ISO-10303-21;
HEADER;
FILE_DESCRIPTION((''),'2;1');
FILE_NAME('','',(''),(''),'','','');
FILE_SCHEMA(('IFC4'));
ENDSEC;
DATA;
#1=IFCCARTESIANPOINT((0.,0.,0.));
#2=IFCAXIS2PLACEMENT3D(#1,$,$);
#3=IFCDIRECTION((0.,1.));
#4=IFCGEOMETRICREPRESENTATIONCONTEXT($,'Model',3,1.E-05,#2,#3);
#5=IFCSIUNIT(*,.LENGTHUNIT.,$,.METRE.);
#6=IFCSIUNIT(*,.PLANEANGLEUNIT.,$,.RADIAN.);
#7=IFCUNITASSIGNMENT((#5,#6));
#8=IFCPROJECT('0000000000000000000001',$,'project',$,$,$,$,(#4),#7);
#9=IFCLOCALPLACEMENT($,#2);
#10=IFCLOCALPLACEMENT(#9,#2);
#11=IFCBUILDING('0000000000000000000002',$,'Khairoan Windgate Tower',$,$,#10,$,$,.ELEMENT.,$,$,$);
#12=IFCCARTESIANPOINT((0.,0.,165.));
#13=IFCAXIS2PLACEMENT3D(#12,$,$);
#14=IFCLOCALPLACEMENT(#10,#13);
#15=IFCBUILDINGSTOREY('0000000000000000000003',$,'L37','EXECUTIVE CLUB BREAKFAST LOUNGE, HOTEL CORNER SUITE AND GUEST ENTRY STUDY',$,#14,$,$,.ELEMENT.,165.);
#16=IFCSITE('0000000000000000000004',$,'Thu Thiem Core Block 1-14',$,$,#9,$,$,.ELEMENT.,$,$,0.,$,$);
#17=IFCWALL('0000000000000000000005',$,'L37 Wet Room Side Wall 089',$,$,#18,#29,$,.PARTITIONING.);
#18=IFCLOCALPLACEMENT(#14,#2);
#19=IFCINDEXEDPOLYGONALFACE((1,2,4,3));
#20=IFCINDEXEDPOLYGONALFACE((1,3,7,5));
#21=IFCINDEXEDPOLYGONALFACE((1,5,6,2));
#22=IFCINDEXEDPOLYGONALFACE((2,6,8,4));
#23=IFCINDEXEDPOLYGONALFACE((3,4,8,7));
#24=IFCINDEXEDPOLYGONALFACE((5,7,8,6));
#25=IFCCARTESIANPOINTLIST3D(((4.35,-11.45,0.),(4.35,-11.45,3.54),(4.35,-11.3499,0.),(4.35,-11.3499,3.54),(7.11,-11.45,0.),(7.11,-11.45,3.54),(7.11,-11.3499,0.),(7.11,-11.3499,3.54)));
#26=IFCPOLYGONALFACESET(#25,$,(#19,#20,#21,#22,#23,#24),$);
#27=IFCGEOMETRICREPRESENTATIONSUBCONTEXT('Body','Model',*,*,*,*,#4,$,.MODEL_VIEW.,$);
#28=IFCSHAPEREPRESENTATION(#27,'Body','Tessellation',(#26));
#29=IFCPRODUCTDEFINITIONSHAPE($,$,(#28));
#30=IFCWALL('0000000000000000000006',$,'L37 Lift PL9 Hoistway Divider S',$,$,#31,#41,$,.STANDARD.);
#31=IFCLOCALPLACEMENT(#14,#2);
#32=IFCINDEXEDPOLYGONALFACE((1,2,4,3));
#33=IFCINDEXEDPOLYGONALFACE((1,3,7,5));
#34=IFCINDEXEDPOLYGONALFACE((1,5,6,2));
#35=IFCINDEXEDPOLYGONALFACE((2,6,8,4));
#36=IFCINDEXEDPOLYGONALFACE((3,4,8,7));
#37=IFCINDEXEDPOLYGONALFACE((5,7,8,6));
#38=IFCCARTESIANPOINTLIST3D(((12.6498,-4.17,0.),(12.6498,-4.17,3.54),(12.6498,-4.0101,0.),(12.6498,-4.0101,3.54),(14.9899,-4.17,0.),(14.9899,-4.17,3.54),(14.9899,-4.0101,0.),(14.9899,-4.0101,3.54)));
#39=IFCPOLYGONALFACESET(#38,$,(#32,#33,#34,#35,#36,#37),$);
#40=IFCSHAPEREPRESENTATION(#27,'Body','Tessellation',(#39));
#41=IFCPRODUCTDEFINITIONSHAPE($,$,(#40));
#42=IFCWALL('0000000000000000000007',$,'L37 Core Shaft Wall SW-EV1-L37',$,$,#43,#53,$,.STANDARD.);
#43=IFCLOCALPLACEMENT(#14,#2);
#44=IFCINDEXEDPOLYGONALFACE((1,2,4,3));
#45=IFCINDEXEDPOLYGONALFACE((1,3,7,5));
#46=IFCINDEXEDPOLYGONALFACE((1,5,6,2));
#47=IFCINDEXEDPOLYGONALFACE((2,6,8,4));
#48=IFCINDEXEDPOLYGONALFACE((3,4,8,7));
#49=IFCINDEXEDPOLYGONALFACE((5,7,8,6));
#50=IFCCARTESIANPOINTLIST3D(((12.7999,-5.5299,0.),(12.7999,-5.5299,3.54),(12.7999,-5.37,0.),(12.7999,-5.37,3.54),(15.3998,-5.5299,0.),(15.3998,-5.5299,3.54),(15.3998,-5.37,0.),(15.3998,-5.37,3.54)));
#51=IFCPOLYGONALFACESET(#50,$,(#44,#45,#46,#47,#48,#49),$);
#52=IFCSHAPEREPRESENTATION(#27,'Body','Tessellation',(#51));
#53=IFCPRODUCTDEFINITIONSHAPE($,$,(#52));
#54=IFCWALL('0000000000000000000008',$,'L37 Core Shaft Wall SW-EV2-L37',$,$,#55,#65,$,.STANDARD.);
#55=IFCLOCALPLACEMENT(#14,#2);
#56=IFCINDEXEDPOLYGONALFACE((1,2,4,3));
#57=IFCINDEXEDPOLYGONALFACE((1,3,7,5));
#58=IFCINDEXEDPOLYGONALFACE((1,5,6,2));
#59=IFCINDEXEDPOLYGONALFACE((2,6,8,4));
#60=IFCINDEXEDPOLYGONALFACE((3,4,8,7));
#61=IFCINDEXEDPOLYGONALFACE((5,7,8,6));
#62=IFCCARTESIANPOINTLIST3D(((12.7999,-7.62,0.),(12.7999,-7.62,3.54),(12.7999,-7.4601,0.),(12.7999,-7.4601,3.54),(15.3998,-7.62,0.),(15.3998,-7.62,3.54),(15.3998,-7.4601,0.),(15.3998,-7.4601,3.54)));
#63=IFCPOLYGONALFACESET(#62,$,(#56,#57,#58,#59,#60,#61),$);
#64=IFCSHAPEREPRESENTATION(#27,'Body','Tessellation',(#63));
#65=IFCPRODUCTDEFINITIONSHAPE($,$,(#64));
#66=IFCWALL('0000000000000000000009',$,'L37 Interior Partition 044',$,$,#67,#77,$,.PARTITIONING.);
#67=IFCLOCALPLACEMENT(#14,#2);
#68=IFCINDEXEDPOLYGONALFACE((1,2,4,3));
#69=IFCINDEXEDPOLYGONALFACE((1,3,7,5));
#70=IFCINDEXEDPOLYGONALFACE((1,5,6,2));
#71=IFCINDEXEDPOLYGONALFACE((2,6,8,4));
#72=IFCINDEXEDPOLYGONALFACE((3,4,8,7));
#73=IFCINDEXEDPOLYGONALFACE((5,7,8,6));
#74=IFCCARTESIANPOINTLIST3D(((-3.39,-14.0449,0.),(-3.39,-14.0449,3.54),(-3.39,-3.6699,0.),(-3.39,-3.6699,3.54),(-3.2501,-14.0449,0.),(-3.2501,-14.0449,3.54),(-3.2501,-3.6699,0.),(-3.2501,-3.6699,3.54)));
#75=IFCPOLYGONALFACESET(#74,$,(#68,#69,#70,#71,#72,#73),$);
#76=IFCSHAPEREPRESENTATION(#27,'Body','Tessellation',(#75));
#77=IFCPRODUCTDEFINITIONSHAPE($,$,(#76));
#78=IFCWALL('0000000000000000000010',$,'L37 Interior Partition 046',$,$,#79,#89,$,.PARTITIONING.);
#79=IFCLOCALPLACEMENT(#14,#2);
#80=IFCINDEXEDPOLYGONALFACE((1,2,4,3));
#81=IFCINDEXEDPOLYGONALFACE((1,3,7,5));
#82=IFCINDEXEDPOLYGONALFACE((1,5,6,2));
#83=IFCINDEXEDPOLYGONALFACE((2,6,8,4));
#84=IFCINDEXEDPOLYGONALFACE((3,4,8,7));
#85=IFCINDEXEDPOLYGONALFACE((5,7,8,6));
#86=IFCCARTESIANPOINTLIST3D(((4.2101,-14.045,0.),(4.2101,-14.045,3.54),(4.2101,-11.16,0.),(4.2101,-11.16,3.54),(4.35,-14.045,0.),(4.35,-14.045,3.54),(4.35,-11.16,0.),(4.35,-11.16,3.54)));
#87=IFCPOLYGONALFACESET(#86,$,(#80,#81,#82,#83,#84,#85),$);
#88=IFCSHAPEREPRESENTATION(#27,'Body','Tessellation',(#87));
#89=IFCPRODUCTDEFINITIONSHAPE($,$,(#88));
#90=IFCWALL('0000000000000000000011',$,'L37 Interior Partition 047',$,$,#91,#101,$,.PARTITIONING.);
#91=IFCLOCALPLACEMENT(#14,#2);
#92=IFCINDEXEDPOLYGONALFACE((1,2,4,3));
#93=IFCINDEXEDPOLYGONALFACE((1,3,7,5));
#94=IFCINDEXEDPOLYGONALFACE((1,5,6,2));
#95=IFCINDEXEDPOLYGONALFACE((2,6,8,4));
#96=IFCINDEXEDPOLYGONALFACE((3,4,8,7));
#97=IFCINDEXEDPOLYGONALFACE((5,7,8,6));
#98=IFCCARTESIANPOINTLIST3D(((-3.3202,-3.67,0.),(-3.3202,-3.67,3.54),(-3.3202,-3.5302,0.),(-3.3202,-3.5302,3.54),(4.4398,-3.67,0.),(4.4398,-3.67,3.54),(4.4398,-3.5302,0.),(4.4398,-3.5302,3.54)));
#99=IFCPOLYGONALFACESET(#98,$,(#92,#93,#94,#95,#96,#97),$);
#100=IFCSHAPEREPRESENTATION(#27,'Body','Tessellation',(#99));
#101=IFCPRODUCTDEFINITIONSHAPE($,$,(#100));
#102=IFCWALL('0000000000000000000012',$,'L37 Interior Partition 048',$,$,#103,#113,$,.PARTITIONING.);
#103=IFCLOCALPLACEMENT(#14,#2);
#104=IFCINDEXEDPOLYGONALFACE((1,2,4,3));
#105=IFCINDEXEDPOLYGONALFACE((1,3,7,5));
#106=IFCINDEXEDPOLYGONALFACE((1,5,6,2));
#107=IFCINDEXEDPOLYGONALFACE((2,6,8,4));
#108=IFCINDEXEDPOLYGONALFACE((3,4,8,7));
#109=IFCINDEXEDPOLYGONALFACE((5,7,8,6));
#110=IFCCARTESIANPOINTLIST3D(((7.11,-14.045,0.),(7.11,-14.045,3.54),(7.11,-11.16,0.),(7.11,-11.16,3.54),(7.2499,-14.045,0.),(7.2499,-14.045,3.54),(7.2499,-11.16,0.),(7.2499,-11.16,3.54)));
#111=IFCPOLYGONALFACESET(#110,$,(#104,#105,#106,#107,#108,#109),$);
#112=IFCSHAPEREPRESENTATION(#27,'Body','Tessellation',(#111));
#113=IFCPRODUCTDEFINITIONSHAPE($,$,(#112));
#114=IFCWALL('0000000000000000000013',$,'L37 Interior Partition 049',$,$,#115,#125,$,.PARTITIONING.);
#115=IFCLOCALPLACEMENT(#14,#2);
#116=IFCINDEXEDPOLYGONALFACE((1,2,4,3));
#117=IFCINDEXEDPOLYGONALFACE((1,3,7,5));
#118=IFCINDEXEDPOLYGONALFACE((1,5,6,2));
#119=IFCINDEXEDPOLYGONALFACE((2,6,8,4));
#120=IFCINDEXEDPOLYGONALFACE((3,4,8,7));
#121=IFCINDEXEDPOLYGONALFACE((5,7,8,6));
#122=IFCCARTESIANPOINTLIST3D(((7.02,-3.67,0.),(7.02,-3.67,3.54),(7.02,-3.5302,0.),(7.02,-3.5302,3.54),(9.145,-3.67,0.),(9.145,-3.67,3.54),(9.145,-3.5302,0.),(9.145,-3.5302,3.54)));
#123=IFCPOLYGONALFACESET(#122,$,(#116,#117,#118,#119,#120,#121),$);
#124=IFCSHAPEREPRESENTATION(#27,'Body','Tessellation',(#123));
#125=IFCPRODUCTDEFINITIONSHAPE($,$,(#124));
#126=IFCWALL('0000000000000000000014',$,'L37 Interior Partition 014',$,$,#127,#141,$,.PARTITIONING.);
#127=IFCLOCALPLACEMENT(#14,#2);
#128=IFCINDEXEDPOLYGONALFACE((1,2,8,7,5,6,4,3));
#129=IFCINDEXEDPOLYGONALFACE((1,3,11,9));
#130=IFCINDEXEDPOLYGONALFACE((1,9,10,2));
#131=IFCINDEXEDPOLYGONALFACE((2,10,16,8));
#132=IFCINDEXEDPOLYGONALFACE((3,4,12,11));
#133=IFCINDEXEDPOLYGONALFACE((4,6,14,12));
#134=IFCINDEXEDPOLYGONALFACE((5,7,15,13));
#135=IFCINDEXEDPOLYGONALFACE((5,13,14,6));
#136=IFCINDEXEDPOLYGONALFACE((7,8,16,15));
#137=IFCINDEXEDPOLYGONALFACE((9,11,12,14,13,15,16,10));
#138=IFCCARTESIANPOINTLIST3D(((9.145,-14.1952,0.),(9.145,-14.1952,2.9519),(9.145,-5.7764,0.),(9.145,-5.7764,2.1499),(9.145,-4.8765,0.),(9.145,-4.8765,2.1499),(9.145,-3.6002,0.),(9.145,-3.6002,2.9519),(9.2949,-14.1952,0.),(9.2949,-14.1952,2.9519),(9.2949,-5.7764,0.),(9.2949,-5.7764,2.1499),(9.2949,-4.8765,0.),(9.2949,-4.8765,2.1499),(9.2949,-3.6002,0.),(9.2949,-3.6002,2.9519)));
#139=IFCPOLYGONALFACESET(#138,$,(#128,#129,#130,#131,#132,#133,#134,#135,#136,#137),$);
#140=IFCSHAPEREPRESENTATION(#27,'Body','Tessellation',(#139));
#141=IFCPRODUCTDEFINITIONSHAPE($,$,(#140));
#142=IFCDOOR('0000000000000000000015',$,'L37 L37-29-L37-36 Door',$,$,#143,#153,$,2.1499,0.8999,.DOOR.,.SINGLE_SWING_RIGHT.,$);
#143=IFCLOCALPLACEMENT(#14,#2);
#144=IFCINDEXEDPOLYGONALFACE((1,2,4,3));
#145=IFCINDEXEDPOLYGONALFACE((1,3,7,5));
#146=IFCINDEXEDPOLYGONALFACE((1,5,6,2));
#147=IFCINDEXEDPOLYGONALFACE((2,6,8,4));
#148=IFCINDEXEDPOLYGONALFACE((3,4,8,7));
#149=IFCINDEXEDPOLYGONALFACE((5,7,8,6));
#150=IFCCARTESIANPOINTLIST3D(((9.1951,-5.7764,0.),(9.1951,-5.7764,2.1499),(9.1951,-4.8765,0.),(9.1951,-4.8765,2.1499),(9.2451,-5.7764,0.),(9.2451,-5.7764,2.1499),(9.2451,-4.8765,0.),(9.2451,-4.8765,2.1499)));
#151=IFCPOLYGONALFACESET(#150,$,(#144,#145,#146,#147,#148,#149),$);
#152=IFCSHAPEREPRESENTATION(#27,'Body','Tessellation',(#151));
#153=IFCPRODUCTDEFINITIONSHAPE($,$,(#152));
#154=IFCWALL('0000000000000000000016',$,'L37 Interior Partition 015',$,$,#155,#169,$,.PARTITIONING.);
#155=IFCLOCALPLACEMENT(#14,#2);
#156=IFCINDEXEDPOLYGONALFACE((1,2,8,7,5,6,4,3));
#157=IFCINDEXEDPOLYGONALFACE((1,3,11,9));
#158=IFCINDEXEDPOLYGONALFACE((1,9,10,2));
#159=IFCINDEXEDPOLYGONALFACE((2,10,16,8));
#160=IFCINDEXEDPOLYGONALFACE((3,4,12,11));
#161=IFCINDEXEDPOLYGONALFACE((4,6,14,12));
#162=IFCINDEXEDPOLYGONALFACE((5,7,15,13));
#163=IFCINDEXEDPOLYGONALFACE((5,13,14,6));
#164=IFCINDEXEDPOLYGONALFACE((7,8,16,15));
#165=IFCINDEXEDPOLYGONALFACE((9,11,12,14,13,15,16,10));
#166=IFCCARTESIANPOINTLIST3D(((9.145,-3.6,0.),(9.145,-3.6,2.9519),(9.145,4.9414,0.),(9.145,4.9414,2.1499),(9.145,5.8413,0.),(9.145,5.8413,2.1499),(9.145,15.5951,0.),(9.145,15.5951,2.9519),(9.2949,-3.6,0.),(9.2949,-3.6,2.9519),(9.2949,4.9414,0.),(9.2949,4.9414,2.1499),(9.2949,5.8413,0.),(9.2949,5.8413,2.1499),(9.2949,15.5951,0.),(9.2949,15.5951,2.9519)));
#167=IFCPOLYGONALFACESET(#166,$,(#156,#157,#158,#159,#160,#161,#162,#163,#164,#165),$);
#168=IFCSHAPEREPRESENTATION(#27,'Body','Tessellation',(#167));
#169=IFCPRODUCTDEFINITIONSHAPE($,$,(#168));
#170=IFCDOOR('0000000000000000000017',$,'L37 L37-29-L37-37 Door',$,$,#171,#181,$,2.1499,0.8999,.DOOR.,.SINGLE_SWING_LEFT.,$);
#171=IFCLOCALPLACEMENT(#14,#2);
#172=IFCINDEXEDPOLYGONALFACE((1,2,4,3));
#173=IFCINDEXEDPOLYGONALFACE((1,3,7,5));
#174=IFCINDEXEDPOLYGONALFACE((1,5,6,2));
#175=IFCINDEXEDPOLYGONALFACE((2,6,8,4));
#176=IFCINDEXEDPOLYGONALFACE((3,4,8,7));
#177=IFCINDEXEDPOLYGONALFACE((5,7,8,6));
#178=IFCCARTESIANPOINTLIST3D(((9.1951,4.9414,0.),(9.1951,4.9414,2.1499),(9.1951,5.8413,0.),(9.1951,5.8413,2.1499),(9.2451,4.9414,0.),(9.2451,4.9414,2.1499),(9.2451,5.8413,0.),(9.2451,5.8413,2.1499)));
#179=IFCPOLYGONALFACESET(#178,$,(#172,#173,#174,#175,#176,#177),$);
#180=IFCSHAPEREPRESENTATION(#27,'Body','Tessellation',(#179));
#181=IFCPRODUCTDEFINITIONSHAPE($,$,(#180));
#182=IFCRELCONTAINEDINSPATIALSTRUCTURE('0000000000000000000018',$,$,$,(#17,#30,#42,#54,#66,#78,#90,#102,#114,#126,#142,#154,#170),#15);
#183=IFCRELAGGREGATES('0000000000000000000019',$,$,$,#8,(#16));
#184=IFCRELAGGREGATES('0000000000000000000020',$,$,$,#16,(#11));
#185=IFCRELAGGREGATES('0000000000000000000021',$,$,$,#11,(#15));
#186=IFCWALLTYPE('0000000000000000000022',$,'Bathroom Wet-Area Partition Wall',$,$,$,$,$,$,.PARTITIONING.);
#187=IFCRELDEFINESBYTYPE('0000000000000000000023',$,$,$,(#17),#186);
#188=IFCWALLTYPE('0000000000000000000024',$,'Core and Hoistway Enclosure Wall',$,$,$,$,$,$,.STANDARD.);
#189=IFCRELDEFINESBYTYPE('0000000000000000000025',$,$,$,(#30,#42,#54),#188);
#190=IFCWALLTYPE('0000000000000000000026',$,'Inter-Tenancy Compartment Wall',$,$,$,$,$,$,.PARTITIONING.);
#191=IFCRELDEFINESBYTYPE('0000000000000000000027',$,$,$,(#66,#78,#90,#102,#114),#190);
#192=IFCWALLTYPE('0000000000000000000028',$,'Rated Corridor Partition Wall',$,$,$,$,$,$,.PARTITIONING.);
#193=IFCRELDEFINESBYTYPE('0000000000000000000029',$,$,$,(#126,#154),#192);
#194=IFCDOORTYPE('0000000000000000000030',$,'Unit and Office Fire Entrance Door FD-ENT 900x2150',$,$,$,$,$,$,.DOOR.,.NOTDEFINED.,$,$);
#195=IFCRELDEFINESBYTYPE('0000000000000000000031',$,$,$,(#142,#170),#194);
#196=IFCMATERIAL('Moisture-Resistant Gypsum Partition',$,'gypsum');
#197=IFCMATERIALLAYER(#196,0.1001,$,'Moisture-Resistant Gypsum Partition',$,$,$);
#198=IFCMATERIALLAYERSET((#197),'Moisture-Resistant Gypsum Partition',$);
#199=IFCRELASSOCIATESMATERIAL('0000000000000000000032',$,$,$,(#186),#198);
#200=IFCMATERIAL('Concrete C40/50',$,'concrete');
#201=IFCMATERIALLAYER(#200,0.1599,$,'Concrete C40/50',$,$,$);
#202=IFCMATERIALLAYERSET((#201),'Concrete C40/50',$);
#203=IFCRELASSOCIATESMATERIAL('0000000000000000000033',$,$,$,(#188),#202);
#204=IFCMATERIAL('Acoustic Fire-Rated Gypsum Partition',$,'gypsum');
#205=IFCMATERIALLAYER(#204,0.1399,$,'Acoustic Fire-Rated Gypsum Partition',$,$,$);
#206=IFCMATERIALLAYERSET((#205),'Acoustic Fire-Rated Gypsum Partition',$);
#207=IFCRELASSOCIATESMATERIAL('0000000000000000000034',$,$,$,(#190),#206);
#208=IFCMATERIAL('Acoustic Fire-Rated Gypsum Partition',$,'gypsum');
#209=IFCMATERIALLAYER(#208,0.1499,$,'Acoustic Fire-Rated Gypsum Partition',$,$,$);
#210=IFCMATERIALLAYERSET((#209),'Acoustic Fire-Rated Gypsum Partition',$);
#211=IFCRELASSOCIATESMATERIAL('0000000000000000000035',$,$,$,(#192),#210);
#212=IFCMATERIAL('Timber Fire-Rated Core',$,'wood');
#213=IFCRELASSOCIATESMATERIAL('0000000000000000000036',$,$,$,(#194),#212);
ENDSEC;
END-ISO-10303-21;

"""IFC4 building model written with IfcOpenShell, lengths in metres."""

from ifc_helpers import new_model, si_unit, direction, frame, frame_2d, origin, place, context, subcontext, project, spatial, rectangle, extrude, material, layer, layer_set, type_object, element, fill, save


model = new_model("IFC4")

# Units and contexts
model_context = context("Model", 3, precision=1e-05, world=origin(), true_north=direction((0.0, 1.0)))
body_context = subcontext(model_context, "Body", "Model", "MODEL_VIEW")
ifc_project = project(units=[si_unit("LENGTHUNIT", "METRE"), si_unit("PLANEANGLEUNIT", "RADIAN")], contexts=[model_context])

# Site, building, storey
site_placement = place(None, origin())
site = spatial("IfcSite", under=ifc_project, at=site_placement, Name="Thu Thiem Core Block 1-14", CompositionType="ELEMENT", RefElevation=0.0)
building_placement = place(site_placement, origin())
building = spatial("IfcBuilding", under=site, at=building_placement, Name="Khairoan Windgate Tower", CompositionType="ELEMENT")
storey_placement = place(building_placement, frame((0.0, 0.0, 165.0)))
storey = spatial("IfcBuildingStorey", under=building, at=storey_placement, Name="L37", Description="EXECUTIVE CLUB BREAKFAST LOUNGE, HOTEL CORNER SUITE AND GUEST ENTRY STUDY", CompositionType="ELEMENT", Elevation=165.0)

# Walls
ifc_material_1 = material(Name="Moisture-Resistant Gypsum Partition", Category="gypsum")
ifc_layer_1 = layer(ifc_material_1, 0.1001, Name="Moisture-Resistant Gypsum Partition")
ifc_layer_set_1 = layer_set([ifc_layer_1], Name="Moisture-Resistant Gypsum Partition")
wall_type_1 = type_object("IfcWallType", Name="Bathroom Wet-Area Partition Wall", PredefinedType="PARTITIONING", material=ifc_layer_set_1)
wall_1_placement = place(storey_placement, frame((4.3501, -11.3999, 0.0), z_axis=(0.0, 0.0, 1.0), x_axis=(1.0, 0.0, 0.0)))
element("IfcWall", 1, at=wall_1_placement, inside=storey, type_object=wall_type_1, Name="L37 Wet Room Side Wall 089", PredefinedType="PARTITIONING", context=body_context, shape_type="SweptSolid", body=[
    extrude(rectangle(XDim=2.76, YDim=0.1001, at=frame_2d((1.3799, 0.0))), origin(), (0.0, 0.0, 1.0), 3.54),
])
ifc_material_2 = material(Name="Concrete C40/50", Category="concrete")
ifc_layer_2 = layer(ifc_material_2, 0.1599, Name="Concrete C40/50")
ifc_layer_set_2 = layer_set([ifc_layer_2], Name="Concrete C40/50")
wall_type_2 = type_object("IfcWallType", Name="Core and Hoistway Enclosure Wall", PredefinedType="STANDARD", material=ifc_layer_set_2)
wall_2_placement = place(storey_placement, frame((12.6499, -4.0901, 0.0), z_axis=(0.0, 0.0, 1.0), x_axis=(1.0, 0.0, 0.0)))
element("IfcWall", 2, at=wall_2_placement, inside=storey, type_object=wall_type_2, Name="L37 Lift PL9 Hoistway Divider S", PredefinedType="STANDARD", context=body_context, shape_type="SweptSolid", body=[
    extrude(rectangle(XDim=2.3401, YDim=0.1599, at=frame_2d((1.1699, 0.0))), origin(), (0.0, 0.0, 1.0), 3.54),
])
for number, where, z_axis, x_axis, name in (
    (3, (12.8, -5.45, 0.0), (0.0, 0.0, 1.0), (1.0, 0.0, 0.0), "L37 Core Shaft Wall SW-EV1-L37"),
    (4, (12.8, -7.54, 0.0), (0.0, 0.0, 1.0), (1.0, 0.0, 0.0), "L37 Core Shaft Wall SW-EV2-L37"),
):
    element("IfcWall", number, at=place(storey_placement, frame(where, z_axis=z_axis, x_axis=x_axis)), inside=storey, type_object=wall_type_2, Name=name, PredefinedType="STANDARD", context=body_context, shape_type="SweptSolid", body=[
        extrude(rectangle(XDim=2.5999, YDim=0.1599, at=frame_2d((1.2998, 0.0))), origin(), (0.0, 0.0, 1.0), 3.54),
    ])
ifc_material_3 = material(Name="Acoustic Fire-Rated Gypsum Partition", Category="gypsum")
ifc_layer_3 = layer(ifc_material_3, 0.1399, Name="Acoustic Fire-Rated Gypsum Partition")
ifc_layer_set_3 = layer_set([ifc_layer_3], Name="Acoustic Fire-Rated Gypsum Partition")
wall_type_3 = type_object("IfcWallType", Name="Inter-Tenancy Compartment Wall", PredefinedType="PARTITIONING", material=ifc_layer_set_3)
wall_3_placement = place(storey_placement, frame((-3.3201, -14.0449, 0.0), z_axis=(0.0, 0.0, 1.0), x_axis=(0.0, 1.0, 0.0)))
element("IfcWall", 5, at=wall_3_placement, inside=storey, type_object=wall_type_3, Name="L37 Interior Partition 044", PredefinedType="PARTITIONING", context=body_context, shape_type="SweptSolid", body=[
    extrude(rectangle(XDim=10.375, YDim=0.1399, at=frame_2d((5.1875, 0.0))), origin(), (0.0, 0.0, 1.0), 3.54),
])
wall_4_placement = place(storey_placement, frame((4.28, -14.0449, 0.0), z_axis=(0.0, 0.0, 1.0), x_axis=(0.0, 1.0, 0.0)))
element("IfcWall", 6, at=wall_4_placement, inside=storey, type_object=wall_type_3, Name="L37 Interior Partition 046", PredefinedType="PARTITIONING", context=body_context, shape_type="SweptSolid", body=[
    extrude(rectangle(XDim=2.885, YDim=0.1399, at=frame_2d((1.4424, 0.0))), origin(), (0.0, 0.0, 1.0), 3.54),
])
wall_5_placement = place(storey_placement, frame((-3.3201, -3.6001, 0.0), z_axis=(0.0, 0.0, 1.0), x_axis=(1.0, 0.0, 0.0)))
element("IfcWall", 7, at=wall_5_placement, inside=storey, type_object=wall_type_3, Name="L37 Interior Partition 047", PredefinedType="PARTITIONING", context=body_context, shape_type="SweptSolid", body=[
    extrude(rectangle(XDim=7.76, YDim=0.1399, at=frame_2d((3.8799, 0.0))), origin(), (0.0, 0.0, 1.0), 3.54),
])
wall_6_placement = place(storey_placement, frame((7.1799, -14.0449, 0.0), z_axis=(0.0, 0.0, 1.0), x_axis=(0.0, 1.0, 0.0)))
element("IfcWall", 8, at=wall_6_placement, inside=storey, type_object=wall_type_3, Name="L37 Interior Partition 048", PredefinedType="PARTITIONING", context=body_context, shape_type="SweptSolid", body=[
    extrude(rectangle(XDim=2.885, YDim=0.1399, at=frame_2d((1.4424, 0.0))), origin(), (0.0, 0.0, 1.0), 3.54),
])
wall_7_placement = place(storey_placement, frame((7.02, -3.6001, 0.0), z_axis=(0.0, 0.0, 1.0), x_axis=(1.0, 0.0, 0.0)))
element("IfcWall", 9, at=wall_7_placement, inside=storey, type_object=wall_type_3, Name="L37 Interior Partition 049", PredefinedType="PARTITIONING", context=body_context, shape_type="SweptSolid", body=[
    extrude(rectangle(XDim=2.125, YDim=0.1399, at=frame_2d((1.0625, 0.0))), origin(), (0.0, 0.0, 1.0), 3.54),
])

# Walls, openings, doors
ifc_material_4 = material(Name="Acoustic Fire-Rated Gypsum Partition", Category="gypsum")
ifc_layer_4 = layer(ifc_material_4, 0.1499, Name="Acoustic Fire-Rated Gypsum Partition")
ifc_layer_set_4 = layer_set([ifc_layer_4], Name="Acoustic Fire-Rated Gypsum Partition")
wall_type_4 = type_object("IfcWallType", Name="Rated Corridor Partition Wall", PredefinedType="PARTITIONING", material=ifc_layer_set_4)
wall_8_placement = place(storey_placement, frame((9.22, -14.1951, 0.0), z_axis=(0.0, 0.0, 1.0), x_axis=(0.0, 1.0, 0.0)))
wall_8 = element("IfcWall", 10, at=wall_8_placement, inside=storey, type_object=wall_type_4, Name="L37 Interior Partition 014", PredefinedType="PARTITIONING", context=body_context, shape_type="SweptSolid", body=[
    extrude(rectangle(XDim=10.595, YDim=0.1499, at=frame_2d((5.2974, 0.0))), origin(), (0.0, 0.0, 1.0), 2.9519),
])
opening_1_placement = place(wall_8_placement, frame((8.4187, 0.0, 0.0)))
opening_1 = element("IfcOpeningElement", 11, at=opening_1_placement, cuts=wall_8, PredefinedType="OPENING", context=body_context, shape_type="SweptSolid", body=[
    extrude(rectangle(XDim=0.8999, YDim=2.1499, at=frame_2d((0.45, 1.075))), frame((0.0, 0.085, 0.0), z_axis=(0.0, -1.0, 0.0), x_axis=(1.0, 0.0, 0.0)), (0.0, 0.0, 1.0), 0.1699),
])
ifc_material_5 = material(Name="Timber Fire-Rated Core", Category="wood")
door_type = type_object("IfcDoorType", Name="Unit and Office Fire Entrance Door FD-ENT 900x2150", OperationType="NOTDEFINED", PredefinedType="DOOR", material=ifc_material_5)
door_1_placement = place(opening_1_placement, origin())
door_1 = element("IfcDoor", 12, at=door_1_placement, inside=storey, type_object=door_type, Name="L37 L37-29-L37-36 Door", OperationType="SINGLE_SWING_RIGHT", OverallHeight=2.1499, OverallWidth=0.8999, PredefinedType="DOOR", context=body_context, shape_type="SweptSolid", body=[
    extrude(rectangle(XDim=0.8999, YDim=2.1499, at=frame_2d((0.45, 1.075))), frame((0.0, 0.0249, 0.0), z_axis=(0.0, -1.0, 0.0), x_axis=(1.0, 0.0, 0.0)), (0.0, 0.0, 1.0), 0.05),
])
fill(opening_1, door_1)
wall_9_placement = place(storey_placement, frame((9.22, -3.6001, 0.0), z_axis=(0.0, 0.0, 1.0), x_axis=(0.0, 1.0, 0.0)))
wall_9 = element("IfcWall", 13, at=wall_9_placement, inside=storey, type_object=wall_type_4, Name="L37 Interior Partition 015", PredefinedType="PARTITIONING", context=body_context, shape_type="SweptSolid", body=[
    extrude(rectangle(XDim=19.1951, YDim=0.1499, at=frame_2d((9.5977, 0.0))), origin(), (0.0, 0.0, 1.0), 2.9519),
])
opening_2_placement = place(wall_9_placement, frame((8.5415, 0.0, 0.0)))
opening_2 = element("IfcOpeningElement", 14, at=opening_2_placement, cuts=wall_9, PredefinedType="OPENING", context=body_context, shape_type="SweptSolid", body=[
    extrude(rectangle(XDim=0.8999, YDim=2.1499, at=frame_2d((0.45, 1.075))), frame((0.0, 0.085, 0.0), z_axis=(0.0, -1.0, 0.0), x_axis=(1.0, 0.0, 0.0)), (0.0, 0.0, 1.0), 0.1699),
])
door_2_placement = place(opening_2_placement, origin())
door_2 = element("IfcDoor", 15, at=door_2_placement, inside=storey, type_object=door_type, Name="L37 L37-29-L37-37 Door", OperationType="SINGLE_SWING_LEFT", OverallHeight=2.1499, OverallWidth=0.8999, PredefinedType="DOOR", context=body_context, shape_type="SweptSolid", body=[
    extrude(rectangle(XDim=0.8999, YDim=2.1499, at=frame_2d((0.45, 1.075))), frame((0.0, 0.0249, 0.0), z_axis=(0.0, -1.0, 0.0), x_axis=(1.0, 0.0, 0.0)), (0.0, 0.0, 1.0), 0.05),
])
fill(opening_2, door_2)

save(model, "model.ifc")
